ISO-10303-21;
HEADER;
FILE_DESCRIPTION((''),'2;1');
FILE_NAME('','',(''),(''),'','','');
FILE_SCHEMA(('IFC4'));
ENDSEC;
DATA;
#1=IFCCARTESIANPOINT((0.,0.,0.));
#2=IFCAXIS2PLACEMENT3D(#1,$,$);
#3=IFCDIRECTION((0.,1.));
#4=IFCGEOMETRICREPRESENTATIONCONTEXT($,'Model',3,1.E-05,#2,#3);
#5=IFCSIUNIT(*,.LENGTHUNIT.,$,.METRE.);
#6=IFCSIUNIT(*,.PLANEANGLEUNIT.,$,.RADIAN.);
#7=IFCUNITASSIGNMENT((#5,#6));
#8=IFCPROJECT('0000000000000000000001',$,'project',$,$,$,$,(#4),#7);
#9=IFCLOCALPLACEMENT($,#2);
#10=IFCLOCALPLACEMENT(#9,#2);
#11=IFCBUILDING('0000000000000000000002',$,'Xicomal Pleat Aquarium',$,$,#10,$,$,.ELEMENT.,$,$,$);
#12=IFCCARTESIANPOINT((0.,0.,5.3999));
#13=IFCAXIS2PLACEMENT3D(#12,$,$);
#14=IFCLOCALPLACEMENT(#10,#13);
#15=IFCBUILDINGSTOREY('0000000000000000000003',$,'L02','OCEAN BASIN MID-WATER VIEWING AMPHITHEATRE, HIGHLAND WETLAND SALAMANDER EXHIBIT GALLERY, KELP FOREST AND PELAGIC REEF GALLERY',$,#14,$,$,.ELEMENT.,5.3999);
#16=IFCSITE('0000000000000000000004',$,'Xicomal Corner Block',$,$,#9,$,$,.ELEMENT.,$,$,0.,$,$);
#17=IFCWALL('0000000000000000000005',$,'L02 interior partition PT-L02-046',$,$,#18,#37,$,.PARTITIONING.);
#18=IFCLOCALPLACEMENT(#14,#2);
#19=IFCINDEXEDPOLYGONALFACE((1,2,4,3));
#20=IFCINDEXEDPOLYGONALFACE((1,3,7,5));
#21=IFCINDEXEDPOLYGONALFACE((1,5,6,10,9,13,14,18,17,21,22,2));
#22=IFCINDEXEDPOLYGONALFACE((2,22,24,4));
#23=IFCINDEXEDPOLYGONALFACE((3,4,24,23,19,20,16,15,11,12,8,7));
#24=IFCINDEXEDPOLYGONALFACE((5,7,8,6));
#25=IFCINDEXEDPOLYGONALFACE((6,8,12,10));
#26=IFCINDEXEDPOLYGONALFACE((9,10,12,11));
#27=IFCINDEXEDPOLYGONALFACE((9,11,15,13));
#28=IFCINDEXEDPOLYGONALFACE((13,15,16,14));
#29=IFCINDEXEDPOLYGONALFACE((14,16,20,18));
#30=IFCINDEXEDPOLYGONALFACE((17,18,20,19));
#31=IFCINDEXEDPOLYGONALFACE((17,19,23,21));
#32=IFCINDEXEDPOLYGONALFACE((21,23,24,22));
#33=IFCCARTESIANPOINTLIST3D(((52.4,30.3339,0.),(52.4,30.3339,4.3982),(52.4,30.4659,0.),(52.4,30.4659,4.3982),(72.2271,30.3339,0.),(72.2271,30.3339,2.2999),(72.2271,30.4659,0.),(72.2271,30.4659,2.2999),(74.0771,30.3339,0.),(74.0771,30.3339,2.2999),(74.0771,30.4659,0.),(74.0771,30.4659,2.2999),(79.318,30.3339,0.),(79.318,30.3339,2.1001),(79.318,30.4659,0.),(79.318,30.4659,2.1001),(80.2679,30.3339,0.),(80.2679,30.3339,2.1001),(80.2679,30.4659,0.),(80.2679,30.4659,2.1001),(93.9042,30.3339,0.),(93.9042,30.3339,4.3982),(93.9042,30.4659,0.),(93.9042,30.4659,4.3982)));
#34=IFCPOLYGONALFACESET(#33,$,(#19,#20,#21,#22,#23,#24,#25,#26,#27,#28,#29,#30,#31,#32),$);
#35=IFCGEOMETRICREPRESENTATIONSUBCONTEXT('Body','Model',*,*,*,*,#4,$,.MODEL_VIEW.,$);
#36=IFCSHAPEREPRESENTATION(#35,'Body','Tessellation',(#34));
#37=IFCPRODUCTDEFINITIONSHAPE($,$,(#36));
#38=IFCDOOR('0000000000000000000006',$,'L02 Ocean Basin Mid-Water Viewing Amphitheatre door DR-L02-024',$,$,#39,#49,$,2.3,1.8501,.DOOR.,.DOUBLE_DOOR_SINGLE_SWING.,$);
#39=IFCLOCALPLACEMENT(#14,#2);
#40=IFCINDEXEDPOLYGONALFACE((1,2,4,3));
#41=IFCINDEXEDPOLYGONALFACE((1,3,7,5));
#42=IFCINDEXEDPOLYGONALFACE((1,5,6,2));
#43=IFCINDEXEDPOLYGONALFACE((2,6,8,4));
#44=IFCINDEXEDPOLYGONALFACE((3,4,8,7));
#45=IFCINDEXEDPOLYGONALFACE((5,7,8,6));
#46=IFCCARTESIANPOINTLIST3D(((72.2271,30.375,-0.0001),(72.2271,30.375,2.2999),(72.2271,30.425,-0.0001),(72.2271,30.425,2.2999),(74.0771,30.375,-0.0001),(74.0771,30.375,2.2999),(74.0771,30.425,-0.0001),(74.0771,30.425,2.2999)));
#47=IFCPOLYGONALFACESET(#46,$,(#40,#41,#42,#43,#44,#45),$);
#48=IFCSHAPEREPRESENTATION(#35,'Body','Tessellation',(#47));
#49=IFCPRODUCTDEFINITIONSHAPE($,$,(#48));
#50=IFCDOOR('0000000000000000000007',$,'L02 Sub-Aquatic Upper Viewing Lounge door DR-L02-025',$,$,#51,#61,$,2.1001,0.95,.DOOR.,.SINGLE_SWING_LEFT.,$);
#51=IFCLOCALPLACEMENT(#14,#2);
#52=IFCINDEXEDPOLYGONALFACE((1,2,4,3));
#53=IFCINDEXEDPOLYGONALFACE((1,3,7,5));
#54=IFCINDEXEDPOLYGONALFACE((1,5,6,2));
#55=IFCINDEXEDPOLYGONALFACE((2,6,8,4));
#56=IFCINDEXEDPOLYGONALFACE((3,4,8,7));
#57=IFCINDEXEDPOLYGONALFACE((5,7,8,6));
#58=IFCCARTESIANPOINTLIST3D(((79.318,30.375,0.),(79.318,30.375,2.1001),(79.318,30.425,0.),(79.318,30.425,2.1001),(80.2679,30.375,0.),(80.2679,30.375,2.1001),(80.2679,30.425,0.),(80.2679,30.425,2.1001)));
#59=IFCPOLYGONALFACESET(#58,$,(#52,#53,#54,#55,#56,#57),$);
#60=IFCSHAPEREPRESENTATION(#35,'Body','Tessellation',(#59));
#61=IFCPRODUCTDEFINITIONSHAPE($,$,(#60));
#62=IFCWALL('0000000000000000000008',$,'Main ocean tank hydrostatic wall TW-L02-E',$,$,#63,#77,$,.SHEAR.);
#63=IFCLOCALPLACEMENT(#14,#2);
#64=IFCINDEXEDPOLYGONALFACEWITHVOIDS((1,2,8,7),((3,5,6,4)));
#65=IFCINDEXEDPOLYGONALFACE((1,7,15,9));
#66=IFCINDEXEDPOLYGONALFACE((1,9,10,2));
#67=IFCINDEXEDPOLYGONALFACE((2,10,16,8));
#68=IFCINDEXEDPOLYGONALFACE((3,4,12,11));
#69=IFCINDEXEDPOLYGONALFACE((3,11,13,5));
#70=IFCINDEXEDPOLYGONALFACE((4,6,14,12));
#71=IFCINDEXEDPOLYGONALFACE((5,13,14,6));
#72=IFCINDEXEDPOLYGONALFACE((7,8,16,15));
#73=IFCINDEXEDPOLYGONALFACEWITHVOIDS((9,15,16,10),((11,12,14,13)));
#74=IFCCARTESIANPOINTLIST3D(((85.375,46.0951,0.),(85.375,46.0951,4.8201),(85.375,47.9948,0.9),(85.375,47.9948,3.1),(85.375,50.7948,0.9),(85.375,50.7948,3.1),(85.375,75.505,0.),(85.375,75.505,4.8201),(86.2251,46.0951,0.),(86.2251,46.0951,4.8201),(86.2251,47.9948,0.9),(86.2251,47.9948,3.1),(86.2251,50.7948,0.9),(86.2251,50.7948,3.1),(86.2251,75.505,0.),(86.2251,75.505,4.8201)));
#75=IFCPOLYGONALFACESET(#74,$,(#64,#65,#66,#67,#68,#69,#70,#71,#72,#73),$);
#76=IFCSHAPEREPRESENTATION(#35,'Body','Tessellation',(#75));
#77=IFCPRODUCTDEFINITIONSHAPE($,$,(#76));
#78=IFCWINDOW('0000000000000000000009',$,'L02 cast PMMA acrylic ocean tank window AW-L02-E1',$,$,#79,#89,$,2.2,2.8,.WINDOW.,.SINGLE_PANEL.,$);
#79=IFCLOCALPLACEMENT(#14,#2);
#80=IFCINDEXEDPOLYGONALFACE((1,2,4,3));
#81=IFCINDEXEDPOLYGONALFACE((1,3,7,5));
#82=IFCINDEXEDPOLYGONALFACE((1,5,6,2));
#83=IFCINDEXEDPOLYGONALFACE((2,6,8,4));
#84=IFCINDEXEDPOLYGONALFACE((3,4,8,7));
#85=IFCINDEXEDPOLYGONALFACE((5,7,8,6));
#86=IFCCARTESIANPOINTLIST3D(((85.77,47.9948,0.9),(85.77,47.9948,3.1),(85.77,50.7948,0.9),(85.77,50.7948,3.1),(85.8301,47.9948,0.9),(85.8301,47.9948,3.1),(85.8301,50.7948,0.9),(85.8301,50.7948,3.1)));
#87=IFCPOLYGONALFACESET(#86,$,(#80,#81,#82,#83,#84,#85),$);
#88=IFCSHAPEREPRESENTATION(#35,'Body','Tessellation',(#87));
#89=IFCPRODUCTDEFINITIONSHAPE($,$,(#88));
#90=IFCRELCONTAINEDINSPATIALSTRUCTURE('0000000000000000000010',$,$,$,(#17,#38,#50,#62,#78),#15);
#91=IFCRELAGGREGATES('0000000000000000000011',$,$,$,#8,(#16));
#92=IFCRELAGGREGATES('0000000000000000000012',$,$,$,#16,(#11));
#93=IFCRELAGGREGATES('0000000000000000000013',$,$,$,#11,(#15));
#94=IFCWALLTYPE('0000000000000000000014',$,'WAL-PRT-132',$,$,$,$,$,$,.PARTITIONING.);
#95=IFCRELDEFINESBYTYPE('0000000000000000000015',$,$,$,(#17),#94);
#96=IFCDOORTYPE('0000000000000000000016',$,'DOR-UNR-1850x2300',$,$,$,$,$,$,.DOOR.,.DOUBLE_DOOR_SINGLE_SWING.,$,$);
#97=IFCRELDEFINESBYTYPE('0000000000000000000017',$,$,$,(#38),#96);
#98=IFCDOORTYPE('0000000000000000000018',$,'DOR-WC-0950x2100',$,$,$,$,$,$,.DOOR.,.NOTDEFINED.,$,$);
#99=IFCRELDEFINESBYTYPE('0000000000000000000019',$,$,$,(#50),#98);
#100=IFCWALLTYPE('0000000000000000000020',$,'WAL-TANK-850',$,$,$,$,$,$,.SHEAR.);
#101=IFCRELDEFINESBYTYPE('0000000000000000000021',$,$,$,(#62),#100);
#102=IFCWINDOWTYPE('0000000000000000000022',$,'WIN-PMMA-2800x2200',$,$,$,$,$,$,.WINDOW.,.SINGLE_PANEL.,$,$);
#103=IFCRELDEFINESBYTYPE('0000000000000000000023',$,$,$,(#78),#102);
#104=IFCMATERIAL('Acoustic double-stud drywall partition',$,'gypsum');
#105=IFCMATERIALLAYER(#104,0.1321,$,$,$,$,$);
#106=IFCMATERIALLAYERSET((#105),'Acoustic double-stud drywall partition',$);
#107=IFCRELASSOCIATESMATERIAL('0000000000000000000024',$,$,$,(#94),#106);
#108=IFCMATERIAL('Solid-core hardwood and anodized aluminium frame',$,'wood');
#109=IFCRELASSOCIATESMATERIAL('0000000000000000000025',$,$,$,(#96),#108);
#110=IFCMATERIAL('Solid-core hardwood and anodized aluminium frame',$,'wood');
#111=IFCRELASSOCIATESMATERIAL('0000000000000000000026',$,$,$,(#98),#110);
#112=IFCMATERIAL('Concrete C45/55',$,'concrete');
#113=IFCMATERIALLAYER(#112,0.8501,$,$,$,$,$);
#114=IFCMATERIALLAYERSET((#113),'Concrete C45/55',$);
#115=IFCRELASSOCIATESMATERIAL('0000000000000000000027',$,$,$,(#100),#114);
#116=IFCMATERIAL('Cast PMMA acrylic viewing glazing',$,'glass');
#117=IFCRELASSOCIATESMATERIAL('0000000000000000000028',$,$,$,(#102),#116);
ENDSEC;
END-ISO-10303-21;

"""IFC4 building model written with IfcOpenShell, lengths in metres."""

from ifc_helpers import new_model, si_unit, direction, frame, frame_2d, origin, place, context, subcontext, project, spatial, rectangle, extrude, material, layer, layer_set, type_object, element, fill, save


model = new_model("IFC4")

# Units and contexts
model_context = context("Model", 3, precision=1e-05, world=origin(), true_north=direction((0.0, 1.0)))
body_context = subcontext(model_context, "Body", "Model", "MODEL_VIEW")
ifc_project = project(units=[si_unit("LENGTHUNIT", "METRE"), si_unit("PLANEANGLEUNIT", "RADIAN")], contexts=[model_context])

# Site, building, storey
site_placement = place(None, origin())
site = spatial("IfcSite", under=ifc_project, at=site_placement, Name="Xicomal Corner Block", CompositionType="ELEMENT", RefElevation=0.0)
building_placement = place(site_placement, origin())
building = spatial("IfcBuilding", under=site, at=building_placement, Name="Xicomal Pleat Aquarium", CompositionType="ELEMENT")
storey_placement = place(building_placement, frame((0.0, 0.0, 5.3999)))
storey = spatial("IfcBuildingStorey", under=building, at=storey_placement, Name="L02", Description="OCEAN BASIN MID-WATER VIEWING AMPHITHEATRE, HIGHLAND WETLAND SALAMANDER EXHIBIT GALLERY, KELP FOREST AND PELAGIC REEF GALLERY", CompositionType="ELEMENT", Elevation=5.3999)

# Wall, openings, doors
ifc_material_1 = material(Name="Acoustic double-stud drywall partition", Category="gypsum")
ifc_layer_1 = layer(ifc_material_1, 0.1321)
ifc_layer_set_1 = layer_set([ifc_layer_1], Name="Acoustic double-stud drywall partition")
wall_type_1 = type_object("IfcWallType", Name="WAL-PRT-132", PredefinedType="PARTITIONING", material=ifc_layer_set_1)
wall_1_placement = place(storey_placement, frame((93.9041, 30.3999, 0.0), z_axis=(0.0, 0.0, 1.0), x_axis=(-1.0, 0.0, 0.0)))
wall_1 = element("IfcWall", 1, at=wall_1_placement, inside=storey, type_object=wall_type_1, Name="L02 interior partition PT-L02-046", PredefinedType="PARTITIONING", context=body_context, shape_type="SweptSolid", body=[
    extrude(rectangle(XDim=41.5042, YDim=0.1321, at=frame_2d((20.752, 0.0))), origin(), (0.0, 0.0, 1.0), 4.3982),
])
opening_1_placement = place(wall_1_placement, frame((19.8269, 0.0, 0.0)))
opening_1 = element("IfcOpeningElement", 2, at=opening_1_placement, cuts=wall_1, PredefinedType="OPENING", context=body_context, shape_type="SweptSolid", body=[
    extrude(rectangle(XDim=1.8501, YDim=2.3, at=frame_2d((0.925, 1.1499))), frame((0.0, 0.0759, 0.0), z_axis=(0.0, -1.0, 0.0), x_axis=(1.0, 0.0, 0.0)), (0.0, 0.0, 1.0), 0.1521),
])
opening_2_placement = place(wall_1_placement, frame((13.636, 0.0, 0.0)))
opening_2 = element("IfcOpeningElement", 3, at=opening_2_placement, cuts=wall_1, PredefinedType="OPENING", context=body_context, shape_type="SweptSolid", body=[
    extrude(rectangle(XDim=0.95, YDim=2.1001, at=frame_2d((0.4751, 1.05))), frame((0.0, 0.0759, 0.0), z_axis=(0.0, -1.0, 0.0), x_axis=(1.0, 0.0, 0.0)), (0.0, 0.0, 1.0), 0.1521),
])
ifc_material_2 = material(Name="Solid-core hardwood and anodized aluminium frame", Category="wood")
door_type_1 = type_object("IfcDoorType", Name="DOR-UNR-1850x2300", OperationType="DOUBLE_DOOR_SINGLE_SWING", PredefinedType="DOOR", material=ifc_material_2)
door_1_placement = place(opening_1_placement, origin())
door_1 = element("IfcDoor", 4, at=door_1_placement, inside=storey, type_object=door_type_1, Name="L02 Ocean Basin Mid-Water Viewing Amphitheatre door DR-L02-024", OperationType="DOUBLE_DOOR_SINGLE_SWING", OverallHeight=2.3, OverallWidth=1.8501, PredefinedType="DOOR", context=body_context, shape_type="SweptSolid", body=[
    extrude(rectangle(XDim=1.8501, YDim=2.3, at=frame_2d((0.925, 1.1499))), frame((0.0, 0.0249, 0.0), z_axis=(0.0, -1.0, 0.0), x_axis=(1.0, 0.0, 0.0)), (0.0, 0.0, 1.0), 0.05),
])
fill(opening_1, door_1)
ifc_material_3 = material(Name="Solid-core hardwood and anodized aluminium frame", Category="wood")
door_type_2 = type_object("IfcDoorType", Name="DOR-WC-0950x2100", OperationType="NOTDEFINED", PredefinedType="DOOR", material=ifc_material_3)
door_2_placement = place(opening_2_placement, origin())
door_2 = element("IfcDoor", 5, at=door_2_placement, inside=storey, type_object=door_type_2, Name="L02 Sub-Aquatic Upper Viewing Lounge door DR-L02-025", OperationType="SINGLE_SWING_LEFT", OverallHeight=2.1001, OverallWidth=0.95, PredefinedType="DOOR", context=body_context, shape_type="SweptSolid", body=[
    extrude(rectangle(XDim=0.95, YDim=2.1001, at=frame_2d((0.4751, 1.05))), frame((0.0, 0.0249, 0.0), z_axis=(0.0, -1.0, 0.0), x_axis=(1.0, 0.0, 0.0)), (0.0, 0.0, 1.0), 0.05),
])
fill(opening_2, door_2)

# Wall, opening, window
ifc_material_4 = material(Name="Concrete C45/55", Category="concrete")
ifc_layer_2 = layer(ifc_material_4, 0.8501)
ifc_layer_set_2 = layer_set([ifc_layer_2], Name="Concrete C45/55")
wall_type_2 = type_object("IfcWallType", Name="WAL-TANK-850", PredefinedType="SHEAR", material=ifc_layer_set_2)
wall_2_placement = place(storey_placement, frame((85.8, 46.095, 0.0), z_axis=(0.0, 0.0, 1.0), x_axis=(0.0, 1.0, 0.0)))
wall_2 = element("IfcWall", 6, at=wall_2_placement, inside=storey, type_object=wall_type_2, Name="Main ocean tank hydrostatic wall TW-L02-E", PredefinedType="SHEAR", context=body_context, shape_type="SweptSolid", body=[
    extrude(rectangle(XDim=29.4099, YDim=0.8501, at=frame_2d((14.7051, 0.0))), origin(), (0.0, 0.0, 1.0), 4.8201),
])
opening_3_placement = place(wall_2_placement, frame((1.8999, 0.0, 0.8999)))
opening_3 = element("IfcOpeningElement", 7, at=opening_3_placement, cuts=wall_2, PredefinedType="OPENING", context=body_context, shape_type="SweptSolid", body=[
    extrude(rectangle(XDim=2.8, YDim=2.2, at=frame_2d((1.3999, 1.1001))), frame((0.0, 0.4351, 0.0), z_axis=(0.0, -1.0, 0.0), x_axis=(1.0, 0.0, 0.0)), (0.0, 0.0, 1.0), 0.8701),
])
ifc_material_5 = material(Name="Cast PMMA acrylic viewing glazing", Category="glass")
window_type = type_object("IfcWindowType", Name="WIN-PMMA-2800x2200", PartitioningType="SINGLE_PANEL", PredefinedType="WINDOW", material=ifc_material_5)
window_placement = place(opening_3_placement, origin())
window = element("IfcWindow", 8, at=window_placement, inside=storey, type_object=window_type, Name="L02 cast PMMA acrylic ocean tank window AW-L02-E1", OverallHeight=2.2, OverallWidth=2.8, PartitioningType="SINGLE_PANEL", PredefinedType="WINDOW", context=body_context, shape_type="SweptSolid", body=[
    extrude(rectangle(XDim=2.8, YDim=2.2, at=frame_2d((1.3999, 1.1001))), frame((0.0, 0.03, 0.0), z_axis=(0.0, -1.0, 0.0), x_axis=(1.0, 0.0, 0.0)), (0.0, 0.0, 1.0), 0.0601),
])
fill(opening_3, window)

save(model, "model.ifc")
